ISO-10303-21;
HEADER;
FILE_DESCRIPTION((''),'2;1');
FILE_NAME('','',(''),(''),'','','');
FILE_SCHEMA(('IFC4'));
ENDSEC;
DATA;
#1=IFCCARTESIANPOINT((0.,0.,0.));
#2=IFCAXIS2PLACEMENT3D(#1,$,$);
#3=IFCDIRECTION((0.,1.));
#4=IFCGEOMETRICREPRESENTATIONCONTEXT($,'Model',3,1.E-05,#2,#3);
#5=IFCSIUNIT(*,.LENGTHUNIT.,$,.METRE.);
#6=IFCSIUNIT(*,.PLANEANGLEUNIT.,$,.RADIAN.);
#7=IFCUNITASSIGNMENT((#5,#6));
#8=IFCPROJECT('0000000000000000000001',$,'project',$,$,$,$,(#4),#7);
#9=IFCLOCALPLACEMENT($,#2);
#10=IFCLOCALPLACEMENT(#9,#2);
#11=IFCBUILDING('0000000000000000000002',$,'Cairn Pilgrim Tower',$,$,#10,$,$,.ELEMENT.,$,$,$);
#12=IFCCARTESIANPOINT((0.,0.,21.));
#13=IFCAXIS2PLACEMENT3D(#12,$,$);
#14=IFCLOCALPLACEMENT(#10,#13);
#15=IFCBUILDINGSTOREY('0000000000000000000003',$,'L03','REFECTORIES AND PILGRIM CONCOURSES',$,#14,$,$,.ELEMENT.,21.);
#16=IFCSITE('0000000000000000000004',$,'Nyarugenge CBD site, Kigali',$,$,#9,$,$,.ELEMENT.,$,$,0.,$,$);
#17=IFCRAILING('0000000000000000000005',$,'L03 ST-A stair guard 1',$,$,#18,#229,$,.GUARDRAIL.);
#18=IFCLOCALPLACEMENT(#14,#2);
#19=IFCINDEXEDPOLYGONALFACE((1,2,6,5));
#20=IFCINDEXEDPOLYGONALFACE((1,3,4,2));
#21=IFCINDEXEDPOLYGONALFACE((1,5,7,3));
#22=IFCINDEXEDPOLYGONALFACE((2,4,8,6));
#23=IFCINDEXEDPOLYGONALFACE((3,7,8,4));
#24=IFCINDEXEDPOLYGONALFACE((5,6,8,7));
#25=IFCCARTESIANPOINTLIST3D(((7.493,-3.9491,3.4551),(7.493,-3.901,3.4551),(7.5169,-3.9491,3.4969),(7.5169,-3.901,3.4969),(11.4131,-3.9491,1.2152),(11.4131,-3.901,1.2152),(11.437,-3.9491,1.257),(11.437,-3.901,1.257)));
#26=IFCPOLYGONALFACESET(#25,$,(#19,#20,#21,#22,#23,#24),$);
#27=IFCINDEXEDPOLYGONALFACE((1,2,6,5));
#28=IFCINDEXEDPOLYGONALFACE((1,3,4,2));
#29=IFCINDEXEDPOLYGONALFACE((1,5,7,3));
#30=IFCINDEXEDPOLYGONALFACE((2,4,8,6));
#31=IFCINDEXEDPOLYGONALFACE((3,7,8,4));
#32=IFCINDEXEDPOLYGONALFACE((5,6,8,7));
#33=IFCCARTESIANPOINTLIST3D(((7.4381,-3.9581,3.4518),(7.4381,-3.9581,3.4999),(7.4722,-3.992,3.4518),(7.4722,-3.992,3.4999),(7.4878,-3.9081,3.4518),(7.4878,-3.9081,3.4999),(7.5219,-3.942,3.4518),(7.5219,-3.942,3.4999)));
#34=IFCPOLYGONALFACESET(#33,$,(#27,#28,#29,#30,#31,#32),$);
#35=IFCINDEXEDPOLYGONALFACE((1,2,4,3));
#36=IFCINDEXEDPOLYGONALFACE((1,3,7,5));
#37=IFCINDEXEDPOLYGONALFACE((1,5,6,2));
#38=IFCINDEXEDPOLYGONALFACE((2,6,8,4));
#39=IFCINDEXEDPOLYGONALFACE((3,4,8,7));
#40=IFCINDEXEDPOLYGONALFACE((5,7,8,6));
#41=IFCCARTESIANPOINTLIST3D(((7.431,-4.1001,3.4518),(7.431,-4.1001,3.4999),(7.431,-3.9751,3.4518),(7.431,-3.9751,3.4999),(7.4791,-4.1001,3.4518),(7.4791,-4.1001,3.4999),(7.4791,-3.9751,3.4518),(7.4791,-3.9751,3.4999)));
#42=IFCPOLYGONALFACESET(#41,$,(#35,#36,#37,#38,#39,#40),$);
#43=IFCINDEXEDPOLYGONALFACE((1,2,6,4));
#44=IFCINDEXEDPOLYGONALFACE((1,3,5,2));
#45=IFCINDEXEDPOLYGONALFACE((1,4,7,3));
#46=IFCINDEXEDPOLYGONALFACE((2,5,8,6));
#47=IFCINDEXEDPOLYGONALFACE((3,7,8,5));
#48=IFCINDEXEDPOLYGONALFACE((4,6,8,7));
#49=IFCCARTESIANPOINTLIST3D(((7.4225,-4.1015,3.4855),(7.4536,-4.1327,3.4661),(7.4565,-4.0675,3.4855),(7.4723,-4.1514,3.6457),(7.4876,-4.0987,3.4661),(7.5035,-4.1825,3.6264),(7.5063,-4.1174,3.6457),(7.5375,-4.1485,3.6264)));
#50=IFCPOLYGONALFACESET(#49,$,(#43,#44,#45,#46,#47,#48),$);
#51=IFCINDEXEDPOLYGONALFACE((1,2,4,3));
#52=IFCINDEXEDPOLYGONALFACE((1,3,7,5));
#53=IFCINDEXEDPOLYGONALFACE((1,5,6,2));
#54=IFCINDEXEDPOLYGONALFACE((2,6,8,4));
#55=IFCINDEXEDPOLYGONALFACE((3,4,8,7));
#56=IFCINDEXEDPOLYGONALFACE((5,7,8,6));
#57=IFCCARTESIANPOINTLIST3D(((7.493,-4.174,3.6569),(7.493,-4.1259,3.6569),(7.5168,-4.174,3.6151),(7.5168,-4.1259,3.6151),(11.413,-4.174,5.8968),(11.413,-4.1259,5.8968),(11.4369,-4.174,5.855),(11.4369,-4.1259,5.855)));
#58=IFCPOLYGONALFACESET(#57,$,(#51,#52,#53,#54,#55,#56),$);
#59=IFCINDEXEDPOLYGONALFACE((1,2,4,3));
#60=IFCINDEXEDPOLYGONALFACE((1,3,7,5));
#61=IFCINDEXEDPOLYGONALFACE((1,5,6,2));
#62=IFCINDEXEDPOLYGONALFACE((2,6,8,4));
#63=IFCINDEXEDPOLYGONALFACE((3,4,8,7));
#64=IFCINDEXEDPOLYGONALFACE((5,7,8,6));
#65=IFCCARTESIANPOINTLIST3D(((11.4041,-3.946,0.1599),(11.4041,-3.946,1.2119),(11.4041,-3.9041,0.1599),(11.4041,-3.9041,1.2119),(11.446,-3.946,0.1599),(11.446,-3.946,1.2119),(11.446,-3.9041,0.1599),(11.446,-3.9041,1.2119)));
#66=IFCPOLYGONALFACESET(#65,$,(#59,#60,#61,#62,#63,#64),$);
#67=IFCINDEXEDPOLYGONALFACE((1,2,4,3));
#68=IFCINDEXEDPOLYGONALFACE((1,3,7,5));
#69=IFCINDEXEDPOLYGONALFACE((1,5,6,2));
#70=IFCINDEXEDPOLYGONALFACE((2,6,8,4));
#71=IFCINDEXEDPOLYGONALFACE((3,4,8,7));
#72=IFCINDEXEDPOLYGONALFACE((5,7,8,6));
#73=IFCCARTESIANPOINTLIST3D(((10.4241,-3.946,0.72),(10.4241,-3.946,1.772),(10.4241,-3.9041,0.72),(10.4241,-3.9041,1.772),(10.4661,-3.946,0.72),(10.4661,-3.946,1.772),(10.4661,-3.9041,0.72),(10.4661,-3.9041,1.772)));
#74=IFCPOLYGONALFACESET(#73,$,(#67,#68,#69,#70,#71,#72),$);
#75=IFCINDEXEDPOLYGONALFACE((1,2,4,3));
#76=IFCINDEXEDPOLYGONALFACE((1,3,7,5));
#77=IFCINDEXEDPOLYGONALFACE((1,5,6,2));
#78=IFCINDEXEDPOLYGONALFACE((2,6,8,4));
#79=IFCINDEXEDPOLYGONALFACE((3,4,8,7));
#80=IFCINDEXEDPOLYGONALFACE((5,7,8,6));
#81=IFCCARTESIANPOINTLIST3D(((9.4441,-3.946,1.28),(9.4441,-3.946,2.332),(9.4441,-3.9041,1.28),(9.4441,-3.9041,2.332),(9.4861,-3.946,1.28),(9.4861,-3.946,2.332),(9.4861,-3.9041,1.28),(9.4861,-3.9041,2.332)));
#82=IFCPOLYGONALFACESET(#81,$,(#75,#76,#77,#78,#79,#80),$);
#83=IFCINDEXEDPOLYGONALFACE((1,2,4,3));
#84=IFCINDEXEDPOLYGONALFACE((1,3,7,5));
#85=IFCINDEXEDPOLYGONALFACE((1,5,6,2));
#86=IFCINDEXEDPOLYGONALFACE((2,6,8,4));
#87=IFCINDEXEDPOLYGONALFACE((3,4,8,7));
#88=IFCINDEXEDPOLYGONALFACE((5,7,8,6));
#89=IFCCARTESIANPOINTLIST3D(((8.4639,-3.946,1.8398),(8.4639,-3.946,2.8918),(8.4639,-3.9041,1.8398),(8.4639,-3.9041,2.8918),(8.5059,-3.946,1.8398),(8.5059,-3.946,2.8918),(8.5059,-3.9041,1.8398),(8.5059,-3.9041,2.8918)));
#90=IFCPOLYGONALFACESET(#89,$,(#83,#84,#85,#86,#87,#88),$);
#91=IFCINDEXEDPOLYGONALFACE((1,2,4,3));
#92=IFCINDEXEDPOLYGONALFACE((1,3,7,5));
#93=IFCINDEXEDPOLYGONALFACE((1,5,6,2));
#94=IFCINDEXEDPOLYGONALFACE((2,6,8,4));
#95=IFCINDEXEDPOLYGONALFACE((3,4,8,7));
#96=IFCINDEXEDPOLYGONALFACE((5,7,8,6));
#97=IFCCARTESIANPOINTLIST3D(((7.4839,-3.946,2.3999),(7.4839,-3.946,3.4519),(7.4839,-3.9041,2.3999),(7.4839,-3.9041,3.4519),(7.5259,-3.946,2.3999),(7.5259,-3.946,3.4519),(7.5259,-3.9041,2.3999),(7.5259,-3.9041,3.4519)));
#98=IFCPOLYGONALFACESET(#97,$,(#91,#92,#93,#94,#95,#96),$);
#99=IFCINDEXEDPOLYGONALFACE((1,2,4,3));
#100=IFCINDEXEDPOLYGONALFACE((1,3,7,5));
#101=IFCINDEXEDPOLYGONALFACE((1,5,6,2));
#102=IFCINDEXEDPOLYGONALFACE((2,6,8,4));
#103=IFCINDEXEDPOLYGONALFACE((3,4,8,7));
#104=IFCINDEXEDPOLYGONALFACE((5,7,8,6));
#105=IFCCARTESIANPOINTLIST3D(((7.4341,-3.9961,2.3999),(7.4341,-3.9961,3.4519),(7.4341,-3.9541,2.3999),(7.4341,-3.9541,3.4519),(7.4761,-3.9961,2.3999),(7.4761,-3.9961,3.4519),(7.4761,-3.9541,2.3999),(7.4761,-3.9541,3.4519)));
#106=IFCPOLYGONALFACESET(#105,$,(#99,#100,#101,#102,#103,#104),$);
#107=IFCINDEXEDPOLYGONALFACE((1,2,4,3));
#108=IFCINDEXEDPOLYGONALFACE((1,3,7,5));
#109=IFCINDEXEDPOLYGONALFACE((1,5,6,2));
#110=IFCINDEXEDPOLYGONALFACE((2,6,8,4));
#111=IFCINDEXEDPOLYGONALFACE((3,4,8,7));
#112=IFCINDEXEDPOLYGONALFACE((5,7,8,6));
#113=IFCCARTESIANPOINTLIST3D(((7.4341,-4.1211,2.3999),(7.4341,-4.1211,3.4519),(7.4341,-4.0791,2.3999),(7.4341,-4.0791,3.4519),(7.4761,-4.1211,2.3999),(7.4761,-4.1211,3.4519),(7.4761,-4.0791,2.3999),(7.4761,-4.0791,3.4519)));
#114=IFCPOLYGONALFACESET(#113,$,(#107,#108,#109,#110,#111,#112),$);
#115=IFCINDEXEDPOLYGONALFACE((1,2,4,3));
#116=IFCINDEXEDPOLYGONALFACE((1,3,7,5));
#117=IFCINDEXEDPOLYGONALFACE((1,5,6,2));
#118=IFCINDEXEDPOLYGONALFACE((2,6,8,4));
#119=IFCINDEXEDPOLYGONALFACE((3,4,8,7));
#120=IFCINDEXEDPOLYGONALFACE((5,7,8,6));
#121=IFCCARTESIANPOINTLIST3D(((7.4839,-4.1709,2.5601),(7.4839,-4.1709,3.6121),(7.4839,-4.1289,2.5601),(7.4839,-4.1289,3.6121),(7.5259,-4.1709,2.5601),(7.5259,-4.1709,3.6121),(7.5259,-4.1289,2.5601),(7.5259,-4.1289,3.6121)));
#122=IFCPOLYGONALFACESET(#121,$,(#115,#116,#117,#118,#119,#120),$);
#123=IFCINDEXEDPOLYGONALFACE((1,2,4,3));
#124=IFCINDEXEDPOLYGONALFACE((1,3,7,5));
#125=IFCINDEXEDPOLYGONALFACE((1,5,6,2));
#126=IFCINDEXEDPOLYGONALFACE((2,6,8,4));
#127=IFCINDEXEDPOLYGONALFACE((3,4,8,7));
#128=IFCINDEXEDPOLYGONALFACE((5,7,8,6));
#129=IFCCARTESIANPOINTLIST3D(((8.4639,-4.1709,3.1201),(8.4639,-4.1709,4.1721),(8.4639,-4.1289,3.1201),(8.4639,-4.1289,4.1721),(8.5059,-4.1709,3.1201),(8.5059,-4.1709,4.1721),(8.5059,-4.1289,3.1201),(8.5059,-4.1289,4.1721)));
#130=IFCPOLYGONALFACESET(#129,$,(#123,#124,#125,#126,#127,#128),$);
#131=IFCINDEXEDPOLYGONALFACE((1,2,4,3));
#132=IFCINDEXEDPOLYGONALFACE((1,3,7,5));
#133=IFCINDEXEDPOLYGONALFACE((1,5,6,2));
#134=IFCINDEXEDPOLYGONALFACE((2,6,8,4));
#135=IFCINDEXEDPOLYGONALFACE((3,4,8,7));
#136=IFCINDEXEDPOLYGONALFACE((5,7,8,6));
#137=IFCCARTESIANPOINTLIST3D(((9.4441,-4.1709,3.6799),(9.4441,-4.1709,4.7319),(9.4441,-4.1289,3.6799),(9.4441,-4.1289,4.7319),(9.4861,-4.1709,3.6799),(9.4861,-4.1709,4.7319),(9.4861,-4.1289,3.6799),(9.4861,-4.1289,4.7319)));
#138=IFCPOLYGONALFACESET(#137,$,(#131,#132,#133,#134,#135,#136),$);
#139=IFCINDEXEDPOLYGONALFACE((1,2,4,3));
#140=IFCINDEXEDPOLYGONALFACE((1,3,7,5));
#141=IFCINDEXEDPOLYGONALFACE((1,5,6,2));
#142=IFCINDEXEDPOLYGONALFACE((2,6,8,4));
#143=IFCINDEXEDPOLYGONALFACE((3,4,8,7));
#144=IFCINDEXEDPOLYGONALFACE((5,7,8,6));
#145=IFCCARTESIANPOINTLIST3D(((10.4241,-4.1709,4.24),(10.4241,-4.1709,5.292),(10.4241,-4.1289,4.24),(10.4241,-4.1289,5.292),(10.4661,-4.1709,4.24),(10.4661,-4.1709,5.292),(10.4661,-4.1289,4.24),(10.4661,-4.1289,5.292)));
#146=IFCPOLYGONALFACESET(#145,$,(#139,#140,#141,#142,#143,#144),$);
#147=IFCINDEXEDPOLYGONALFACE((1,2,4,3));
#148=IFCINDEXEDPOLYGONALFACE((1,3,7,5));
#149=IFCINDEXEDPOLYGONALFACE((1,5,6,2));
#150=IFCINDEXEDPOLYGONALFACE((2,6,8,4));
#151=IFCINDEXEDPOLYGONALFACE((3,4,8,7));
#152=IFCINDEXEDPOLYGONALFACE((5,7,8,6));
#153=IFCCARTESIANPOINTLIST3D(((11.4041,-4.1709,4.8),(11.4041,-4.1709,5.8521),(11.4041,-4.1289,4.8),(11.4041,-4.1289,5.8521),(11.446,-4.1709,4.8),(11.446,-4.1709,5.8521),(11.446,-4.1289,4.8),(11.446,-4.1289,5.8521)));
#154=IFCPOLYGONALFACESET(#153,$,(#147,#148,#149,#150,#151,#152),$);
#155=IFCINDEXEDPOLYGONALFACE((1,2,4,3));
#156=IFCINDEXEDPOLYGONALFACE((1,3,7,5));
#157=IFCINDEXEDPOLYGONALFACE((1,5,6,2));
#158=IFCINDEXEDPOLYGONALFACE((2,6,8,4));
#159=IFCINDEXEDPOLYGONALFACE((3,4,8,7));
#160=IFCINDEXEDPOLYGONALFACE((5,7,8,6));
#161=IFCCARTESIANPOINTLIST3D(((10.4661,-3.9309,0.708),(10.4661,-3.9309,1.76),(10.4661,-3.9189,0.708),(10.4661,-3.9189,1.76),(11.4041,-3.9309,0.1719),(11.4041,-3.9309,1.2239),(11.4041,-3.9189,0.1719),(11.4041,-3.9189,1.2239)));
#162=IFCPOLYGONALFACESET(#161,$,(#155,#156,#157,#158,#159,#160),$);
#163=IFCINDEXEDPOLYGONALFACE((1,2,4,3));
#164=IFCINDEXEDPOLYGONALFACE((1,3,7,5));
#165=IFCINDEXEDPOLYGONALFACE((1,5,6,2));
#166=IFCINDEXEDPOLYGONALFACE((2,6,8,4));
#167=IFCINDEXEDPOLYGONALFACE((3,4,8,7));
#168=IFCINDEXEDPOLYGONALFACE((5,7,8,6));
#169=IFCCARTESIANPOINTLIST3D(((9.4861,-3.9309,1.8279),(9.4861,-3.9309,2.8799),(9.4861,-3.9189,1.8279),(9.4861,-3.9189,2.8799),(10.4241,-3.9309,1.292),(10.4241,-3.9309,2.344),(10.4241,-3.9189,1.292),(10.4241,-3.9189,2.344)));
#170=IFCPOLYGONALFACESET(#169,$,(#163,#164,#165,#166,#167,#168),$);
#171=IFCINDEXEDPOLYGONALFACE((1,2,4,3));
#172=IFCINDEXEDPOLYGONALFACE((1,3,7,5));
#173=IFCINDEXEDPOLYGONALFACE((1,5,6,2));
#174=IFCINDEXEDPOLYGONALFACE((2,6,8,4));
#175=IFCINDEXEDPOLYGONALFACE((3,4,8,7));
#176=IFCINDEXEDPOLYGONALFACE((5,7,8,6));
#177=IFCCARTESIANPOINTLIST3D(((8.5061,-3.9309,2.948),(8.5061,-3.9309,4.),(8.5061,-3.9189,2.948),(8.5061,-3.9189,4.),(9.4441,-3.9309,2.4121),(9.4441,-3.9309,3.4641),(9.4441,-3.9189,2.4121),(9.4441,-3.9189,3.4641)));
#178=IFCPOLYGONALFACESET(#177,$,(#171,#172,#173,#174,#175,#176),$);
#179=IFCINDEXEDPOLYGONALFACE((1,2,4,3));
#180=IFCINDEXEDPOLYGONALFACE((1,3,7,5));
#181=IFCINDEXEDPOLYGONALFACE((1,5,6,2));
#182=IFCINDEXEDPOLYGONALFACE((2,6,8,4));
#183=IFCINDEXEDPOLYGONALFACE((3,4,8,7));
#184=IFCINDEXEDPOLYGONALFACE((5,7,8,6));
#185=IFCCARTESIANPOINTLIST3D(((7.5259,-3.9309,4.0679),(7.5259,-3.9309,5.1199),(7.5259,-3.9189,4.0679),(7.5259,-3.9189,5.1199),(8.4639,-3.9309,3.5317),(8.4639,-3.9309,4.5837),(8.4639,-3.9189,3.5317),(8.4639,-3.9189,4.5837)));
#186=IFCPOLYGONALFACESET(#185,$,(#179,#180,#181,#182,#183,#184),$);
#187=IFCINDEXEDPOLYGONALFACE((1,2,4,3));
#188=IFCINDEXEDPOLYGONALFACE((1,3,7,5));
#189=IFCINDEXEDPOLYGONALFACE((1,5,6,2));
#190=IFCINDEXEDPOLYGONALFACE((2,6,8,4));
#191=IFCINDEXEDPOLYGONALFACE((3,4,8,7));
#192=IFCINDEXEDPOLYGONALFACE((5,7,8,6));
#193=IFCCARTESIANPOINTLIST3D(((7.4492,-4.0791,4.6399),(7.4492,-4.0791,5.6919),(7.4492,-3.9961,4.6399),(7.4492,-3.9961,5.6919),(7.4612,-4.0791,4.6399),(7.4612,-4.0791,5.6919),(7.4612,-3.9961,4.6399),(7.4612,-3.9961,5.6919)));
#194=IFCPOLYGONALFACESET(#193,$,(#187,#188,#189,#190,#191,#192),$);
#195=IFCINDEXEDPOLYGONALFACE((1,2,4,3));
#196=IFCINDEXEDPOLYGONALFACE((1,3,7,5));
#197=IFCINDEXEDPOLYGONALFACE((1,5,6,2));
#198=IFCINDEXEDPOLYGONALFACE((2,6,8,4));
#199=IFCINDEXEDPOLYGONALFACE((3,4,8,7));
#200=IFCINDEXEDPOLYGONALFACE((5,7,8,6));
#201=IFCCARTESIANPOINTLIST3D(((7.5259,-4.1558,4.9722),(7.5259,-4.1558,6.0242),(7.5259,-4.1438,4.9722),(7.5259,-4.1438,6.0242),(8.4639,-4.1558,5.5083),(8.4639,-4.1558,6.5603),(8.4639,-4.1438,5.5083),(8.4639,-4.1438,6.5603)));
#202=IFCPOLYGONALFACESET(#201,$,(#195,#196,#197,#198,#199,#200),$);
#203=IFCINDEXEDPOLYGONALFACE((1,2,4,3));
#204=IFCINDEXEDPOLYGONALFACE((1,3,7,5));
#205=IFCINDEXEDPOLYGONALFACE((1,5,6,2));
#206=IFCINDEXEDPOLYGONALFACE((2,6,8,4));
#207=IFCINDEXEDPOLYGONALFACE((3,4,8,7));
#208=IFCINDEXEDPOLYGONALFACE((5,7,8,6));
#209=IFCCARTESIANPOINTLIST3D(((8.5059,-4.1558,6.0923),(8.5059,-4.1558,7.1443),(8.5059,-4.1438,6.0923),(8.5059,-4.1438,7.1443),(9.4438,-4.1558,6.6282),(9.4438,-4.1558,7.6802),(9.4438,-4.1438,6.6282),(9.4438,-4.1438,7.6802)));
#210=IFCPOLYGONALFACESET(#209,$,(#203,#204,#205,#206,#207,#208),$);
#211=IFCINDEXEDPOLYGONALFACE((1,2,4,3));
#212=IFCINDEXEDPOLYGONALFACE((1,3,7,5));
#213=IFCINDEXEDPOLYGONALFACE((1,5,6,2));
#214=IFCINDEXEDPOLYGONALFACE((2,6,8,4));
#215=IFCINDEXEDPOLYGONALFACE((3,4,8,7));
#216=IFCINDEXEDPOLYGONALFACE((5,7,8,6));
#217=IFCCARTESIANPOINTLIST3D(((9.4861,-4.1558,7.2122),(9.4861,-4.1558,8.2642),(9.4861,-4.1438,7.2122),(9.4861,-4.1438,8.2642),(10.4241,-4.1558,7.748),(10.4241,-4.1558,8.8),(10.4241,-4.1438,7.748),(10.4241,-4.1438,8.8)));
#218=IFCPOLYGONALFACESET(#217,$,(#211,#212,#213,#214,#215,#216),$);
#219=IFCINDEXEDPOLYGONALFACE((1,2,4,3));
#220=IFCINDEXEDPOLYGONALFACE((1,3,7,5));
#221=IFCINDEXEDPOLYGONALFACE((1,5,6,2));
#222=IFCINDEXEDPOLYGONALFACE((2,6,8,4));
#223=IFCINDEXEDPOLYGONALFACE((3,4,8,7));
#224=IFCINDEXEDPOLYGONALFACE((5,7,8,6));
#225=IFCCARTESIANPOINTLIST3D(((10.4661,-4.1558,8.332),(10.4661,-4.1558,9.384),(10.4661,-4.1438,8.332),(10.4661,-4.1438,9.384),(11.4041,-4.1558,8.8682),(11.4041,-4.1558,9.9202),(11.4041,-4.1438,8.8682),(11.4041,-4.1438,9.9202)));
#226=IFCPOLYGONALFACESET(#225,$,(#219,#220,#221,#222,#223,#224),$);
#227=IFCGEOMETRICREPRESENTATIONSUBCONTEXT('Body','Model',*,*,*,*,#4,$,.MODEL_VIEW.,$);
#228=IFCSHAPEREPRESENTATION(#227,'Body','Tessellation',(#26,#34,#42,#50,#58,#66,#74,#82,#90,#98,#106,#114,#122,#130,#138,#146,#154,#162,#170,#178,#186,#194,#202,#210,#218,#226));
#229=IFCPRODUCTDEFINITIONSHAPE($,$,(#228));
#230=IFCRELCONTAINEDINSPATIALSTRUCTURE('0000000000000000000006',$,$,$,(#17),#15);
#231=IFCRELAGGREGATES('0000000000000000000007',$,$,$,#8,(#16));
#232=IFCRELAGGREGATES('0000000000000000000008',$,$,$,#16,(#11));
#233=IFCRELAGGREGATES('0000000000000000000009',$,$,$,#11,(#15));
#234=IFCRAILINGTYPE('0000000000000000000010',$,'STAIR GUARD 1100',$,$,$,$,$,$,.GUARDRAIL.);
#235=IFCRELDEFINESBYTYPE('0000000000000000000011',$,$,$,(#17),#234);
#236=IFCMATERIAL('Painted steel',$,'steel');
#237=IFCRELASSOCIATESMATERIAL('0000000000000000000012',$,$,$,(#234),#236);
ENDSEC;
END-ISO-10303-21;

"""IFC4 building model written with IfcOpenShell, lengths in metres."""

from ifc_helpers import new_model, si_unit, direction, frame, origin, origin_2d, place, context, subcontext, project, spatial, polyline, rectangle, outline, extrude, material, type_object, element, save


model = new_model("IFC4")

# Units and contexts
model_context = context("Model", 3, precision=1e-05, world=origin(), true_north=direction((0.0, 1.0)))
body_context = subcontext(model_context, "Body", "Model", "MODEL_VIEW")
ifc_project = project(units=[si_unit("LENGTHUNIT", "METRE"), si_unit("PLANEANGLEUNIT", "RADIAN")], contexts=[model_context])

# Site, building, storey
site_placement = place(None, origin())
site = spatial("IfcSite", under=ifc_project, at=site_placement, Name="Nyarugenge CBD site, Kigali", CompositionType="ELEMENT", RefElevation=0.0)
building_placement = place(site_placement, origin())
building = spatial("IfcBuilding", under=site, at=building_placement, Name="Cairn Pilgrim Tower", CompositionType="ELEMENT")
storey_placement = place(building_placement, frame((0.0, 0.0, 21.0)))
storey = spatial("IfcBuildingStorey", under=building, at=storey_placement, Name="L03", Description="REFECTORIES AND PILGRIM CONCOURSES", CompositionType="ELEMENT", Elevation=21.0)

# Shared definitions
ifc_material_1 = material(Name="Painted steel", Category="steel")

# Railing
railing_type_1 = type_object("IfcRailingType", Name="STAIR GUARD 1100", PredefinedType="GUARDRAIL", material=ifc_material_1)
railing_1_placement = place(storey_placement, frame((11.425, -3.925, 0.1599)))
element("IfcRailing", 1, at=railing_1_placement, inside=storey, type_object=railing_type_1, Name="L03 ST-A stair guard 1", PredefinedType="GUARDRAIL", context=body_context, shape_type="SweptSolid", body=[
    extrude(rectangle(XDim=0.0481, YDim=0.0481, at=origin_2d()), frame((0.0, 0.0, 1.0762), z_axis=(-0.868253, 0.0, 0.496121), x_axis=(0.0, -1.0, 0.0)), (0.0, 0.0, 1.0), 4.5149),
    extrude(rectangle(XDim=0.0481, YDim=0.0481, at=origin_2d()), frame((-3.9202, 0.0, 3.3159), z_axis=(-0.705376, -0.708834, 0.0), x_axis=(0.708834, -0.705376, 0.0)), (0.0, 0.0, 1.0), 0.0706),
    extrude(rectangle(XDim=0.0481, YDim=0.0481, at=origin_2d()), frame((-3.97, -0.05, 3.3159), z_axis=(0.0, -1.0, 0.0), x_axis=(1.0, 0.0, 0.0)), (0.0, 0.0, 1.0), 0.125),
    extrude(rectangle(XDim=0.0481, YDim=0.0481, at=origin_2d()), frame((-3.97, -0.175, 3.3159), z_axis=(0.284663, -0.284663, 0.915387), x_axis=(0.707107, 0.707107, 0.0)), (0.0, 0.0, 1.0), 0.175),
    extrude(rectangle(XDim=0.0481, YDim=0.0481, at=origin_2d()), frame((-3.9202, -0.2249, 3.4761), z_axis=(0.868253, 0.0, 0.496121), x_axis=(0.0, 1.0, 0.0)), (0.0, 0.0, 1.0), 4.5149),
    extrude(rectangle(XDim=0.042, YDim=0.042, at=origin_2d()), origin(), (0.0, 0.0, 1.0), 1.052),
    extrude(rectangle(XDim=0.042, YDim=0.042, at=origin_2d()), frame((-0.98, 0.0, 0.5601)), (0.0, 0.0, 1.0), 1.052),
    extrude(rectangle(XDim=0.042, YDim=0.042, at=origin_2d()), frame((-1.96, 0.0, 1.1201)), (0.0, 0.0, 1.0), 1.052),
    extrude(rectangle(XDim=0.042, YDim=0.042, at=origin_2d()), frame((-2.9402, 0.0, 1.6799)), (0.0, 0.0, 1.0), 1.052),
    extrude(rectangle(XDim=0.042, YDim=0.042, at=origin_2d()), frame((-3.9202, 0.0, 2.24)), (0.0, 0.0, 1.0), 1.052),
    extrude(rectangle(XDim=0.042, YDim=0.042, at=origin_2d()), frame((-3.97, -0.05, 2.24)), (0.0, 0.0, 1.0), 1.052),
    extrude(rectangle(XDim=0.042, YDim=0.042, at=origin_2d()), frame((-3.97, -0.175, 2.24)), (0.0, 0.0, 1.0), 1.052),
    extrude(rectangle(XDim=0.042, YDim=0.042, at=origin_2d()), frame((-3.9202, -0.2249, 2.4001)), (0.0, 0.0, 1.0), 1.052),
    extrude(rectangle(XDim=0.042, YDim=0.042, at=origin_2d()), frame((-2.9402, -0.2249, 2.9602)), (0.0, 0.0, 1.0), 1.052),
    extrude(rectangle(XDim=0.042, YDim=0.042, at=origin_2d()), frame((-1.96, -0.2249, 3.52)), (0.0, 0.0, 1.0), 1.052),
    extrude(rectangle(XDim=0.042, YDim=0.042, at=origin_2d()), frame((-0.98, -0.2249, 4.0801)), (0.0, 0.0, 1.0), 1.052),
    extrude(rectangle(XDim=0.042, YDim=0.042, at=origin_2d()), frame((0.0, -0.2249, 4.6401)), (0.0, 0.0, 1.0), 1.052),
    extrude(outline(polyline([(0.021, 0.012), (0.959, 0.5481), (0.959, 1.6001), (0.021, 1.064), (0.021, 0.012)])), frame((0.0, -0.0059, 0.0), z_axis=(0.0, 1.0, 0.0), x_axis=(-1.0, 0.0, 0.0)), (0.0, 0.0, 1.0), 0.012),
    extrude(outline(polyline([(0.021, 0.572), (0.959, 1.1079), (0.959, 2.1599), (0.021, 1.624), (0.021, 0.572)])), frame((-0.98, -0.0059, 0.5601), z_axis=(0.0, 1.0, 0.0), x_axis=(-1.0, 0.0, 0.0)), (0.0, 0.0, 1.0), 0.012),
    extrude(outline(polyline([(0.021, 1.1321), (0.959, 1.668), (0.959, 2.72), (0.021, 2.1841), (0.021, 1.1321)])), frame((-1.96, -0.0059, 1.1201), z_axis=(0.0, 1.0, 0.0), x_axis=(-1.0, 0.0, 0.0)), (0.0, 0.0, 1.0), 0.012),
    extrude(outline(polyline([(0.021, 1.6919), (0.959, 2.228), (0.959, 3.28), (0.021, 2.7439), (0.021, 1.6919)])), frame((-2.9402, -0.0059, 1.6799), z_axis=(0.0, 1.0, 0.0), x_axis=(-1.0, 0.0, 0.0)), (0.0, 0.0, 1.0), 0.012),
    extrude(outline(polyline([(0.021, 2.24), (0.104, 2.24), (0.104, 3.292), (0.021, 3.292), (0.021, 2.24)])), frame((-3.9639, -0.05, 2.24), z_axis=(-1.0, 0.0, 0.0), x_axis=(0.0, -1.0, 0.0)), (0.0, 0.0, 1.0), 0.012),
    extrude(outline(polyline([(0.021, 2.4121), (0.959, 2.9482), (0.959, 4.0002), (0.021, 3.4641), (0.021, 2.4121)])), frame((-3.9202, -0.2188, 2.4001), z_axis=(0.0, -1.0, 0.0), x_axis=(1.0, 0.0, 0.0)), (0.0, 0.0, 1.0), 0.012),
    extrude(outline(polyline([(0.021, 2.9722), (0.959, 3.5081), (0.959, 4.5601), (0.021, 4.0242), (0.021, 2.9722)])), frame((-2.9402, -0.2188, 2.9602), z_axis=(0.0, -1.0, 0.0), x_axis=(1.0, 0.0, 0.0)), (0.0, 0.0, 1.0), 0.012),
    extrude(outline(polyline([(0.021, 3.5322), (0.959, 4.0681), (0.959, 5.1201), (0.021, 4.5842), (0.021, 3.5322)])), frame((-1.96, -0.2188, 3.52), z_axis=(0.0, -1.0, 0.0), x_axis=(1.0, 0.0, 0.0)), (0.0, 0.0, 1.0), 0.012),
    extrude(outline(polyline([(0.021, 4.092), (0.959, 4.6282), (0.959, 5.6802), (0.021, 5.144), (0.021, 4.092)])), frame((-0.98, -0.2188, 4.0801), z_axis=(0.0, -1.0, 0.0), x_axis=(1.0, 0.0, 0.0)), (0.0, 0.0, 1.0), 0.012),
])

save(model, "model.ifc")
